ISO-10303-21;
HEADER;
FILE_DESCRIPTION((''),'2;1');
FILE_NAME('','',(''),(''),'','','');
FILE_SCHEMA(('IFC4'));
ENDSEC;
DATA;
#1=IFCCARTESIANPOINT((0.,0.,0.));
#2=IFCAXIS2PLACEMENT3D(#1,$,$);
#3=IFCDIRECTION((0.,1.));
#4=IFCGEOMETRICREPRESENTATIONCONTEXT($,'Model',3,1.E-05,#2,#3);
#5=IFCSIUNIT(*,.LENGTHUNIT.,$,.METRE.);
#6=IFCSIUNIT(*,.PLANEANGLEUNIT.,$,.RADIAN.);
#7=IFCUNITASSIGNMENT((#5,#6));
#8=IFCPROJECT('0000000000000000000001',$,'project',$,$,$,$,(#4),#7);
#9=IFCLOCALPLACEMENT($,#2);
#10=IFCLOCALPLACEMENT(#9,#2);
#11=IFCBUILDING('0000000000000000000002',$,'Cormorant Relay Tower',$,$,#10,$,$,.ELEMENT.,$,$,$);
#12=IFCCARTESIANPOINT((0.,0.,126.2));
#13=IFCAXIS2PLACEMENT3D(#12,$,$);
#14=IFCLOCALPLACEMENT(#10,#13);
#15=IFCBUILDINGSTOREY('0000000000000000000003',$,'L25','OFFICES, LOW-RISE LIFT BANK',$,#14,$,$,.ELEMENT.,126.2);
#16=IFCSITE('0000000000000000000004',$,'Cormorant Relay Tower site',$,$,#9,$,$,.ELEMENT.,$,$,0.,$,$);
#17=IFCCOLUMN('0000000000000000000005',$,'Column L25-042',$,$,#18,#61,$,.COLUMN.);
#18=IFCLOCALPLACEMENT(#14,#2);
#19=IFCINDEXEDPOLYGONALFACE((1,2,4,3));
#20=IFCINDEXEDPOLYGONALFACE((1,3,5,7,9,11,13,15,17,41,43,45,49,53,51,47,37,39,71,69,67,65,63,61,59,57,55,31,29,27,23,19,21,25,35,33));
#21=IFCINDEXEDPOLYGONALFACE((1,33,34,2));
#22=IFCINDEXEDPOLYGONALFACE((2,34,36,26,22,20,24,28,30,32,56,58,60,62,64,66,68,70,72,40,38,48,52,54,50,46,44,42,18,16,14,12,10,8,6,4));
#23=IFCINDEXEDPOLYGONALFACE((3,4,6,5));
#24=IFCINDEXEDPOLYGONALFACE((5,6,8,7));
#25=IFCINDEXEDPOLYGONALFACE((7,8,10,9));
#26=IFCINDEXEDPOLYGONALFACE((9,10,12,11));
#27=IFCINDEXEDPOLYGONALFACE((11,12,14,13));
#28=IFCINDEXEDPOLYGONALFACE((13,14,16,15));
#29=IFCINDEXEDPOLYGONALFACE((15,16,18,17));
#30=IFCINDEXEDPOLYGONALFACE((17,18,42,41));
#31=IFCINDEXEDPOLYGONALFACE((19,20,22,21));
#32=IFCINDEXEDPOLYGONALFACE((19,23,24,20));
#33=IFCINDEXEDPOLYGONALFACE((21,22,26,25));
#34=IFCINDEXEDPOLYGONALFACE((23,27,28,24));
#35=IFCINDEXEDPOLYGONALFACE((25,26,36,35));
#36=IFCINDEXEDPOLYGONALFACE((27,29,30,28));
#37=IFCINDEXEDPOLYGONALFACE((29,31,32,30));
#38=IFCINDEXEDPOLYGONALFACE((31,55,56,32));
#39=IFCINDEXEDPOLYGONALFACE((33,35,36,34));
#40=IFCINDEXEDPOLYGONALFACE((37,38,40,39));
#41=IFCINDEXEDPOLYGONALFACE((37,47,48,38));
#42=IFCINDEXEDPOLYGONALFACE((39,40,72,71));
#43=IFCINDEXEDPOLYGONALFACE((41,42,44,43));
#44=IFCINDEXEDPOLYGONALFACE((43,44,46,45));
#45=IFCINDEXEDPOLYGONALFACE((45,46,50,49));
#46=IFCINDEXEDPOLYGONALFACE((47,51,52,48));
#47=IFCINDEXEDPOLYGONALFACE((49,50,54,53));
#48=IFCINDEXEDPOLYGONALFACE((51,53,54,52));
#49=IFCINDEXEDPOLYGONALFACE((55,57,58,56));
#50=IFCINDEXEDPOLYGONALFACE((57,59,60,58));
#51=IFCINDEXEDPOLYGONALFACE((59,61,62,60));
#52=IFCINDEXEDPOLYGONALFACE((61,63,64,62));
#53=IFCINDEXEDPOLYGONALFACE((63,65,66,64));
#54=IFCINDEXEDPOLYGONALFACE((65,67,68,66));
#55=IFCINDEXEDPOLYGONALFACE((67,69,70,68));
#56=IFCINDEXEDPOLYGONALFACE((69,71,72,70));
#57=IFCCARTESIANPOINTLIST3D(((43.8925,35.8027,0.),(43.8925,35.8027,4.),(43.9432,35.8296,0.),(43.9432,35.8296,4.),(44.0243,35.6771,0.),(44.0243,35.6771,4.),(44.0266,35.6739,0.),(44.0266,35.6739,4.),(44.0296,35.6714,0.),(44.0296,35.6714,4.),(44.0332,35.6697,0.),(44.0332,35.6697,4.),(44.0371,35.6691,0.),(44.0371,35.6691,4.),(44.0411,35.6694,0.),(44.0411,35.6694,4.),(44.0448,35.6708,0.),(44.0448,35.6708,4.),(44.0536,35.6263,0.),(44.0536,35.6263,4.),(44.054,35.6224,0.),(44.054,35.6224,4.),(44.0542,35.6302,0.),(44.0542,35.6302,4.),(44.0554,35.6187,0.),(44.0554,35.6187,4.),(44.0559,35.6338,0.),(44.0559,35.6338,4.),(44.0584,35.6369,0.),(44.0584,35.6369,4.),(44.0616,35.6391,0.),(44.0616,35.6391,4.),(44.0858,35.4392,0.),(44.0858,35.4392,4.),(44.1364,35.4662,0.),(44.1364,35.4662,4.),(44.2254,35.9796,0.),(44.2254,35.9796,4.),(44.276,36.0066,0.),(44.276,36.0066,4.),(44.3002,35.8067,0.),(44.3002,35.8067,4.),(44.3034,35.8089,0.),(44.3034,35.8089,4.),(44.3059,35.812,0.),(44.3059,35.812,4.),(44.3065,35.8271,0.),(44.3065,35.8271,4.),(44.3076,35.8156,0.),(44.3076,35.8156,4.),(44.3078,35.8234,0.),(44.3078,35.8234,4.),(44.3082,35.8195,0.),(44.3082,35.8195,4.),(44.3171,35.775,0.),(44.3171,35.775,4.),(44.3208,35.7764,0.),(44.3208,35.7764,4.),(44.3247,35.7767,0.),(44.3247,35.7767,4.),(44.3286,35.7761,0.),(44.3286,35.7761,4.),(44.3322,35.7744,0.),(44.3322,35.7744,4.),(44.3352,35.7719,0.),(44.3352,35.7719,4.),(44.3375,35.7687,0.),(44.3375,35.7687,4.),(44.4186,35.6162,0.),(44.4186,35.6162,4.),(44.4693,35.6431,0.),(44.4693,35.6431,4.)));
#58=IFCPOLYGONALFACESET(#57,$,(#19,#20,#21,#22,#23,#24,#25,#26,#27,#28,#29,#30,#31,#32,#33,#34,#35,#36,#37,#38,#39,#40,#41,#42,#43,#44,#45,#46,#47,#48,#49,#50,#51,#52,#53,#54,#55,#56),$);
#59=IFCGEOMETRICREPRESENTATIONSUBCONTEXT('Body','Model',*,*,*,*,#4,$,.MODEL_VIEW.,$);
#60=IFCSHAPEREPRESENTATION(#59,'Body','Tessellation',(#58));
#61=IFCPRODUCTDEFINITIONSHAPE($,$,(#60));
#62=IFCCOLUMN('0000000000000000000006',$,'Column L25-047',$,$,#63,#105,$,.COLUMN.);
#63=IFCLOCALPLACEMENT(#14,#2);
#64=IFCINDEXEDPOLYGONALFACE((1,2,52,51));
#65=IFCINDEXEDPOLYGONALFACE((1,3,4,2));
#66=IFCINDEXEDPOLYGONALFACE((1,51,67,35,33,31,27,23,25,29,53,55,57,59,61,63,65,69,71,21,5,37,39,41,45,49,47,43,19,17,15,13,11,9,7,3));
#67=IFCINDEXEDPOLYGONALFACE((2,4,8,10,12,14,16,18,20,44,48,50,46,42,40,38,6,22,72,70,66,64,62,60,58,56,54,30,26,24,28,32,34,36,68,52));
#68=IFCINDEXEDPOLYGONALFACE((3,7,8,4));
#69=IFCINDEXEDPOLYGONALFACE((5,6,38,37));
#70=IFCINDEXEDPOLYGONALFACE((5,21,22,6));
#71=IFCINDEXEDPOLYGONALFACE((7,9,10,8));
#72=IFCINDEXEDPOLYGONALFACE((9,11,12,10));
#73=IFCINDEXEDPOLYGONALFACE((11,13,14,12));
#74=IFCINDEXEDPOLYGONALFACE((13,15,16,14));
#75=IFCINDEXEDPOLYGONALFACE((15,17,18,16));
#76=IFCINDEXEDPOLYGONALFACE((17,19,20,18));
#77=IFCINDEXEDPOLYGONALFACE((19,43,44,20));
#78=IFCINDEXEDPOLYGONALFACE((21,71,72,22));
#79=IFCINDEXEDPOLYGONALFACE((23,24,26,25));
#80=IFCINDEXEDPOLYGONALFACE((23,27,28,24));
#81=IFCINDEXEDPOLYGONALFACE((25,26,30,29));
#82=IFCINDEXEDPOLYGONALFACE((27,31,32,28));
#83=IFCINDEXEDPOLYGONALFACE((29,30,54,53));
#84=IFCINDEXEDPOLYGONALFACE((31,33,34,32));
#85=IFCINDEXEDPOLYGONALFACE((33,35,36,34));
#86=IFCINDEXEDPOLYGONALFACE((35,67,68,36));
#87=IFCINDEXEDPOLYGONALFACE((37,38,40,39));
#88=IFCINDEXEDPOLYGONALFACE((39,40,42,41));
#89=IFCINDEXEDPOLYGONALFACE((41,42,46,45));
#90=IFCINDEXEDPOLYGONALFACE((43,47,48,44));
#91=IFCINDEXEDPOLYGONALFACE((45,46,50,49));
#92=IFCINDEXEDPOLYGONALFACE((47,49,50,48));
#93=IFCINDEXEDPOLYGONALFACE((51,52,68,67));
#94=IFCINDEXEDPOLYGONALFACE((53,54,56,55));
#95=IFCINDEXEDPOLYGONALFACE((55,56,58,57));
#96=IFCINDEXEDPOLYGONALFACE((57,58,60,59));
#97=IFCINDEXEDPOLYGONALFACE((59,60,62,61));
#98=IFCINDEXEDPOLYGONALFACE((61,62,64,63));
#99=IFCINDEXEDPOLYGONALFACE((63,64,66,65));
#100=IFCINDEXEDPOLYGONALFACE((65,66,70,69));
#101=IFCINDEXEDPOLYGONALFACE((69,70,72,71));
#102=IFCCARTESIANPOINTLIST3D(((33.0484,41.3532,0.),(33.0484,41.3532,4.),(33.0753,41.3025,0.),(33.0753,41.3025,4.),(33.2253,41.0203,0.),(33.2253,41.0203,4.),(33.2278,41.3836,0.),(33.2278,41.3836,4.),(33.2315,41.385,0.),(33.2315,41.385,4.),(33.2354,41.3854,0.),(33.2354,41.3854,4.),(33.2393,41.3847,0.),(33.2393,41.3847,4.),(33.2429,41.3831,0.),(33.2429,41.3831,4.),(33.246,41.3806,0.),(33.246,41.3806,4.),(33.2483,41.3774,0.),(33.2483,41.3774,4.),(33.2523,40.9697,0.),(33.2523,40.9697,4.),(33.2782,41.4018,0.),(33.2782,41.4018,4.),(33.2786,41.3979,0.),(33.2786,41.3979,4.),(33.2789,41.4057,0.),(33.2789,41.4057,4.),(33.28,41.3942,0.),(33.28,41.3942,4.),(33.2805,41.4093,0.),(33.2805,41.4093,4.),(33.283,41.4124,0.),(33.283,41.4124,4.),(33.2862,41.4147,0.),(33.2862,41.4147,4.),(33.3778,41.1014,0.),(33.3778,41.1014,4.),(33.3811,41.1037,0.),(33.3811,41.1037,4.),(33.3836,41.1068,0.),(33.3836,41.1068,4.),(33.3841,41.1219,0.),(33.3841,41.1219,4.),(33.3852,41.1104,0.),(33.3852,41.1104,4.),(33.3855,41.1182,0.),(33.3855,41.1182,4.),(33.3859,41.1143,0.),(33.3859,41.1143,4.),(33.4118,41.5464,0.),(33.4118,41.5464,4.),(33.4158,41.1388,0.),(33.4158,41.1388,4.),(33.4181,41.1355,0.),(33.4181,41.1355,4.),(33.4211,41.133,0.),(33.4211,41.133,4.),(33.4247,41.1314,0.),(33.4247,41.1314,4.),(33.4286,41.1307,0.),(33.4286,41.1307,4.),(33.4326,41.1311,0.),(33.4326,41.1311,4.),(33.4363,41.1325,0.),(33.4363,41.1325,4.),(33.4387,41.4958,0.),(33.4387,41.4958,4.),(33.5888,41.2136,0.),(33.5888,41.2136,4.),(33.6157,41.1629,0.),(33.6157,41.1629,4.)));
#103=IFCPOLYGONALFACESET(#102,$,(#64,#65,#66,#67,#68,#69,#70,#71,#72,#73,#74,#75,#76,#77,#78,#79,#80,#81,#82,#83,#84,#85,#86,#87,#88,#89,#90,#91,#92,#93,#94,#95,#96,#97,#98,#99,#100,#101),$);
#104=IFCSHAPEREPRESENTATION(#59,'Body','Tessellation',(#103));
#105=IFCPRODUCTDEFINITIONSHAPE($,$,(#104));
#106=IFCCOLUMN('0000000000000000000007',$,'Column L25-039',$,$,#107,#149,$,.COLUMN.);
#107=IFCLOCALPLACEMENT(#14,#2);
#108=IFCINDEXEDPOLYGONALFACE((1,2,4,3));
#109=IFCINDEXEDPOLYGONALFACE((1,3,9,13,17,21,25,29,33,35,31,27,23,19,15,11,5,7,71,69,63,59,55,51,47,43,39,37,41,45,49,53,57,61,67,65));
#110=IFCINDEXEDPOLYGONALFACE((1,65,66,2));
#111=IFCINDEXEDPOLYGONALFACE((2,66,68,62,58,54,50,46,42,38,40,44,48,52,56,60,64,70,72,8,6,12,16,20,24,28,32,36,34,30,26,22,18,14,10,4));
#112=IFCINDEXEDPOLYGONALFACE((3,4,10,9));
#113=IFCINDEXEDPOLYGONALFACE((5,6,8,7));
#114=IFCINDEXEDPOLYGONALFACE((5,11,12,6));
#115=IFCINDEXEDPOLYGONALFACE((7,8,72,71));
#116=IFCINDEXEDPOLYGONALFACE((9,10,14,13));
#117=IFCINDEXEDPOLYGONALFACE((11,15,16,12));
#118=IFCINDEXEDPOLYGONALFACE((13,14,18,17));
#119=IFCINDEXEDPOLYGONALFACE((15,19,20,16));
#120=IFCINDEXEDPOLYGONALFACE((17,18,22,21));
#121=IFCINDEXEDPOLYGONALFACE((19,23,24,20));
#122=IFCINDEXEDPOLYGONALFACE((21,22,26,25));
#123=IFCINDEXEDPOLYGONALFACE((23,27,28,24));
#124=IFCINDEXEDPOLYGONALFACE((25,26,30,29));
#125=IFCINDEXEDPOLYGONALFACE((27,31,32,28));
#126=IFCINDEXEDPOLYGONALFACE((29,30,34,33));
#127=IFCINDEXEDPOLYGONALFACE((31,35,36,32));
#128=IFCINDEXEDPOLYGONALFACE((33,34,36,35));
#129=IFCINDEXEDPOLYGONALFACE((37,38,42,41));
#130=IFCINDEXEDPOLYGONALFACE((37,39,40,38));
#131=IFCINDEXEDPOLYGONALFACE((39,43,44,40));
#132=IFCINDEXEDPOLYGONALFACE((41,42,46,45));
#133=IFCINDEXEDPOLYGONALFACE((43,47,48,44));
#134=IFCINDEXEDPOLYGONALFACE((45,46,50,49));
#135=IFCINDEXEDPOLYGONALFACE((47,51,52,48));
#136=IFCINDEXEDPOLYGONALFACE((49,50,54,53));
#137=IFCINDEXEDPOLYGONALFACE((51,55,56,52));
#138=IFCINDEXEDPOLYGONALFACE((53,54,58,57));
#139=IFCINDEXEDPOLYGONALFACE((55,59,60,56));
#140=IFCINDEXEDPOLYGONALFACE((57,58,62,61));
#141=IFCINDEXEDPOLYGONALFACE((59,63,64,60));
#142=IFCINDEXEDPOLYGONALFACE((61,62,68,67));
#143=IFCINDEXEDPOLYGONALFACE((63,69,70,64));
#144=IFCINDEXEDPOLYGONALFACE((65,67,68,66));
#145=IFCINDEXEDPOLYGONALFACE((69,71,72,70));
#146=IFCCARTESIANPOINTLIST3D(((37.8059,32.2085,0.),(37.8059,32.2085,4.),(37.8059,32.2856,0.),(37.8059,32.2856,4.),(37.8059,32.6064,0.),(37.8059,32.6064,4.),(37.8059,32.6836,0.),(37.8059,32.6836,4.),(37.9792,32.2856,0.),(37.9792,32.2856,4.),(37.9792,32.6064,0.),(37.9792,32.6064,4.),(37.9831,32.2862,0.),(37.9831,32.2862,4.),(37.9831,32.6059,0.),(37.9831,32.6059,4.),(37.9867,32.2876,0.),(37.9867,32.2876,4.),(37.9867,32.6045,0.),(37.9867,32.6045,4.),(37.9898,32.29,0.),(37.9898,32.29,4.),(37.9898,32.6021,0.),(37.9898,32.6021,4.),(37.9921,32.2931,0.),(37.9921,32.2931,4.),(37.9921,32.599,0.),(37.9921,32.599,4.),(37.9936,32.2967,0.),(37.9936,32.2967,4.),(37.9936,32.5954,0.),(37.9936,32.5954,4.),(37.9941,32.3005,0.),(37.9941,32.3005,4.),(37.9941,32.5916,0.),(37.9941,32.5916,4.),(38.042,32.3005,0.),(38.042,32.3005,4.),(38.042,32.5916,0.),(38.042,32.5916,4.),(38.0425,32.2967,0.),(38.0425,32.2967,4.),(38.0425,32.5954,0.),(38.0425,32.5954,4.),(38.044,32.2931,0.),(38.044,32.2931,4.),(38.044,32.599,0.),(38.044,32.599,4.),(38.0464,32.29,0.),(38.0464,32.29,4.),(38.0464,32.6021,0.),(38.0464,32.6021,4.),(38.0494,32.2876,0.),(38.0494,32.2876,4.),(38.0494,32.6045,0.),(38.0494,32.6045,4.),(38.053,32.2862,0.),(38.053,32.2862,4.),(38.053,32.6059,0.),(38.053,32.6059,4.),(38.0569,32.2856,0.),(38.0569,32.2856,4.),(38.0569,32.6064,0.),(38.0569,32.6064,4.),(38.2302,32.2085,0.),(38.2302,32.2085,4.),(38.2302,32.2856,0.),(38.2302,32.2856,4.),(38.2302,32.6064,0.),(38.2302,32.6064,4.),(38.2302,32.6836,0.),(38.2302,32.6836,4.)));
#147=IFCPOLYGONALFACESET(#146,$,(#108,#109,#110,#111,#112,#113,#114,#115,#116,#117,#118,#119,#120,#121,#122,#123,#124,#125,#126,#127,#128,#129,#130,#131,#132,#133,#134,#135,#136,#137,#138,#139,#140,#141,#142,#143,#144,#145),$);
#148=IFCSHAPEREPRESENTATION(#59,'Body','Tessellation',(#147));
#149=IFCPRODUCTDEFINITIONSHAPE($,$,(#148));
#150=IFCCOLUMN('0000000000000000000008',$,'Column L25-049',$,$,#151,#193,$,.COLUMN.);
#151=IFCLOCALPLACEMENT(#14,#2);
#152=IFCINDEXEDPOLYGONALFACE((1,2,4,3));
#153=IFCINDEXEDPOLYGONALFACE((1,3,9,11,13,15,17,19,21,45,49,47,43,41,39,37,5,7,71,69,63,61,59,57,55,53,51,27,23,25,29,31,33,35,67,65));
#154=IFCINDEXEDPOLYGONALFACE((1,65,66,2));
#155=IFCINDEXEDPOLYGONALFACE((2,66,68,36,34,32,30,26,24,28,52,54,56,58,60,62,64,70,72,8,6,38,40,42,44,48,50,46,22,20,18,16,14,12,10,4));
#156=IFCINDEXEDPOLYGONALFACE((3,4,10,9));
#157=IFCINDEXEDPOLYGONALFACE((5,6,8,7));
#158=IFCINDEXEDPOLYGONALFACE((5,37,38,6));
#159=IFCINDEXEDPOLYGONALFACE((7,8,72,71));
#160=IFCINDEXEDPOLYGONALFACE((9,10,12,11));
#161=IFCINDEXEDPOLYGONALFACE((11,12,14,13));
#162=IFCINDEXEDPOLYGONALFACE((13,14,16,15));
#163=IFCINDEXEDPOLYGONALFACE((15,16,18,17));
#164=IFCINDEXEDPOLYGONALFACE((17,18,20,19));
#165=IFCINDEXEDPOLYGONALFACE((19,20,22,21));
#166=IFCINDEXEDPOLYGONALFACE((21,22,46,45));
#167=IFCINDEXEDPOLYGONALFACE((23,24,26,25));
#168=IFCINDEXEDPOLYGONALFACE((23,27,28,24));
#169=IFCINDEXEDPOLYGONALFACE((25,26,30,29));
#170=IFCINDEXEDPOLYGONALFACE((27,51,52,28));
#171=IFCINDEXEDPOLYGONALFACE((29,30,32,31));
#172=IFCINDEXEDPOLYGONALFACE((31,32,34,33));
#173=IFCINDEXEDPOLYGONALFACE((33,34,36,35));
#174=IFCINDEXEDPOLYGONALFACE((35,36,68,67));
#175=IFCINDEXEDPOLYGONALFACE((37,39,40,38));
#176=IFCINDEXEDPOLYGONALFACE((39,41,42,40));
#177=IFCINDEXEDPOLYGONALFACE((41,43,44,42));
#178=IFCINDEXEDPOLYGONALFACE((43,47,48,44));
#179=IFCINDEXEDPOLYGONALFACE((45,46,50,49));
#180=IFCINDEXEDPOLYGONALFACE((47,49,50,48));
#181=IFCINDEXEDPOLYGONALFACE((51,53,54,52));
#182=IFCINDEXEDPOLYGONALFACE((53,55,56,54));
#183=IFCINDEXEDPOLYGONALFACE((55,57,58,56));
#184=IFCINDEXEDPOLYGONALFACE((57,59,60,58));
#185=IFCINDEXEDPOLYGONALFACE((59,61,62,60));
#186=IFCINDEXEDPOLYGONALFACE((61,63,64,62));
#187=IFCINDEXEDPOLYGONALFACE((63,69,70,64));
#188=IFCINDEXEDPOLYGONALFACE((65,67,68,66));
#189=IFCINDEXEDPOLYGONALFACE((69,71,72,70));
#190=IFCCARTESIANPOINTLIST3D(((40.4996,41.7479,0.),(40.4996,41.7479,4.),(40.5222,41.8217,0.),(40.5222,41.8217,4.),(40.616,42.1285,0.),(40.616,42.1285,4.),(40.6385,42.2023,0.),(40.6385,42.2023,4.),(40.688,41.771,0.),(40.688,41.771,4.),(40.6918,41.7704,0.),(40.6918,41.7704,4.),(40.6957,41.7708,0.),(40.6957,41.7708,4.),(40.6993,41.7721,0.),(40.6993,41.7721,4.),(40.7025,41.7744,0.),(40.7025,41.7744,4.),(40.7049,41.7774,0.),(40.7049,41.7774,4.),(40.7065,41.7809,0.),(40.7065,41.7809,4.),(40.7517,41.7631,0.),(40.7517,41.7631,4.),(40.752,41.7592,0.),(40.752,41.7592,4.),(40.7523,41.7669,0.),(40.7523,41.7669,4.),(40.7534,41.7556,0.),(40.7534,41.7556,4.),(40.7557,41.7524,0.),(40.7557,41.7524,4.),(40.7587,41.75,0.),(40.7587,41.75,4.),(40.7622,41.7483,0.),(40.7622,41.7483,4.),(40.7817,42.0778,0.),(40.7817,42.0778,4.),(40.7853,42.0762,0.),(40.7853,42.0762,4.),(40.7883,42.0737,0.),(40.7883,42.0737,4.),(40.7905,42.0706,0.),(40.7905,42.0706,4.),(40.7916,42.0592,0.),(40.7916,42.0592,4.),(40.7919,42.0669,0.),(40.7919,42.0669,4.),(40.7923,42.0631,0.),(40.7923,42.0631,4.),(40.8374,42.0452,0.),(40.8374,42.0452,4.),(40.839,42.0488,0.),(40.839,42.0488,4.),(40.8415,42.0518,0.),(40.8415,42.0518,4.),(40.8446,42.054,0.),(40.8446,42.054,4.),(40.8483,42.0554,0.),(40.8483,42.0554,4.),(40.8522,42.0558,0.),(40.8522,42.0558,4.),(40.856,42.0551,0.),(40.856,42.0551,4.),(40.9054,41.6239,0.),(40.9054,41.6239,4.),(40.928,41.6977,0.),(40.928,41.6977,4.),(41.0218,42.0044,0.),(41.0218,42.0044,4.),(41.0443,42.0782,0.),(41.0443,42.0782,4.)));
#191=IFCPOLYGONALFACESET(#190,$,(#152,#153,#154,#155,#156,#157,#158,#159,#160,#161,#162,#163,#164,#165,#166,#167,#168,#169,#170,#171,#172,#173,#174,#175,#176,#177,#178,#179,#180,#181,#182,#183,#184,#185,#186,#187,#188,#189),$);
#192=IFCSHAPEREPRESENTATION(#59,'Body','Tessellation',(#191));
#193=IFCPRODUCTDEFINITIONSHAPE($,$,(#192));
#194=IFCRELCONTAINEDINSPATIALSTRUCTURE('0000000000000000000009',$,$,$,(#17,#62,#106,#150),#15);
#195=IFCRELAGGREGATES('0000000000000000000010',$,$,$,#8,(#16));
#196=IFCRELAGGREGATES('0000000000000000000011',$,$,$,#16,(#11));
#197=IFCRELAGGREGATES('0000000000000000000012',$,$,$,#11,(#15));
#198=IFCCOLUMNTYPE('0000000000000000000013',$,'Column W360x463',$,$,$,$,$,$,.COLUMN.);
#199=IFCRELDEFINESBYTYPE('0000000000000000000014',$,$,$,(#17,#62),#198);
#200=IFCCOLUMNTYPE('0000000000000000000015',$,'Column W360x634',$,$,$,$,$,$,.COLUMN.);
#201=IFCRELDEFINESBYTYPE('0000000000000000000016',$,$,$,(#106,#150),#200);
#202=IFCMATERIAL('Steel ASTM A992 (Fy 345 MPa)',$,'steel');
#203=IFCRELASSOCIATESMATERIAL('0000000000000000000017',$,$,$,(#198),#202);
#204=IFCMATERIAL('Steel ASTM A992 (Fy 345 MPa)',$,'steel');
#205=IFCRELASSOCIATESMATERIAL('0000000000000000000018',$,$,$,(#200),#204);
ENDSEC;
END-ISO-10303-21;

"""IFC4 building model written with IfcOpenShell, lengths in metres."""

from ifc_helpers import new_model, si_unit, direction, frame, origin, origin_2d, place, context, subcontext, project, spatial, i_section, extrude, material, material_profile, profile_set, type_object, element, save


model = new_model("IFC4")

# Units and contexts
model_context = context("Model", 3, precision=1e-05, world=origin(), true_north=direction((0.0, 1.0)))
body_context = subcontext(model_context, "Body", "Model", "MODEL_VIEW")
ifc_project = project(units=[si_unit("LENGTHUNIT", "METRE"), si_unit("PLANEANGLEUNIT", "RADIAN")], contexts=[model_context])

# Site, building, storey
site_placement = place(None, origin())
site = spatial("IfcSite", under=ifc_project, at=site_placement, Name="Cormorant Relay Tower site", CompositionType="ELEMENT", RefElevation=0.0)
building_placement = place(site_placement, origin())
building = spatial("IfcBuilding", under=site, at=building_placement, Name="Cormorant Relay Tower", CompositionType="ELEMENT")
storey_placement = place(building_placement, frame((0.0, 0.0, 126.2)))
storey = spatial("IfcBuildingStorey", under=building, at=storey_placement, Name="L25", Description="OFFICES, LOW-RISE LIFT BANK", CompositionType="ELEMENT", Elevation=126.2)

# Columns
ifc_material_1 = material(Name="Steel ASTM A992 (Fy 345 MPa)", Category="steel")
ifc_material_profile_1 = material_profile(ifc_material_1, i_section(OverallWidth=0.4116, OverallDepth=0.4343, WebThickness=0.0359, FlangeThickness=0.0574, FilletRadius=0.0151, at=origin_2d()), Name="W360x463")
ifc_profile_set_1 = profile_set([ifc_material_profile_1], Name="Steel ASTM A992 (Fy 345 MPa)")
column_type_1 = type_object("IfcColumnType", Name="Column W360x463", PredefinedType="COLUMN", material=ifc_profile_set_1)
for number, where, z_axis, x_axis, name in (
    (1, (44.1809, 35.7229, 0.0), (0.0, 0.0, 1.0), (-0.469472, 0.882948, 0.0), "Column L25-042"),
    (2, (33.332, 41.2581, 0.0), (0.0, 0.0, 1.0), (-0.882948, -0.469472, 0.0), "Column L25-047"),
):
    element("IfcColumn", number, at=place(storey_placement, frame(where, z_axis=z_axis, x_axis=x_axis)), inside=storey, type_object=column_type_1, Name=name, PredefinedType="COLUMN", context=body_context, shape_type="SweptSolid", body=[
        extrude(i_section(OverallWidth=0.4116, OverallDepth=0.4343, WebThickness=0.0359, FlangeThickness=0.0574, FilletRadius=0.0151, at=origin_2d()), origin(), (0.0, 0.0, 1.0), 4.0),
    ])
ifc_material_2 = material(Name="Steel ASTM A992 (Fy 345 MPa)", Category="steel")
ifc_material_profile_2 = material_profile(ifc_material_2, i_section(OverallWidth=0.4243, OverallDepth=0.4751, WebThickness=0.0479, FlangeThickness=0.0771, FilletRadius=0.0149, at=origin_2d()), Name="W360x634")
ifc_profile_set_2 = profile_set([ifc_material_profile_2], Name="Steel ASTM A992 (Fy 345 MPa)")
column_type_2 = type_object("IfcColumnType", Name="Column W360x634", PredefinedType="COLUMN", material=ifc_profile_set_2)
for number, where, z_axis, x_axis, name in (
    (3, (38.0181, 32.446, 0.0), (0.0, 0.0, 1.0), (1.0, 0.0, 0.0), "Column L25-039"),
    (4, (40.772, 41.9131, 0.0), (0.0, 0.0, 1.0), (-0.956305, 0.292372, 0.0), "Column L25-049"),
):
    element("IfcColumn", number, at=place(storey_placement, frame(where, z_axis=z_axis, x_axis=x_axis)), inside=storey, type_object=column_type_2, Name=name, PredefinedType="COLUMN", context=body_context, shape_type="SweptSolid", body=[
        extrude(i_section(OverallWidth=0.4243, OverallDepth=0.4751, WebThickness=0.0479, FlangeThickness=0.0771, FilletRadius=0.0149, at=origin_2d()), origin(), (0.0, 0.0, 1.0), 4.0),
    ])

save(model, "model.ifc")
